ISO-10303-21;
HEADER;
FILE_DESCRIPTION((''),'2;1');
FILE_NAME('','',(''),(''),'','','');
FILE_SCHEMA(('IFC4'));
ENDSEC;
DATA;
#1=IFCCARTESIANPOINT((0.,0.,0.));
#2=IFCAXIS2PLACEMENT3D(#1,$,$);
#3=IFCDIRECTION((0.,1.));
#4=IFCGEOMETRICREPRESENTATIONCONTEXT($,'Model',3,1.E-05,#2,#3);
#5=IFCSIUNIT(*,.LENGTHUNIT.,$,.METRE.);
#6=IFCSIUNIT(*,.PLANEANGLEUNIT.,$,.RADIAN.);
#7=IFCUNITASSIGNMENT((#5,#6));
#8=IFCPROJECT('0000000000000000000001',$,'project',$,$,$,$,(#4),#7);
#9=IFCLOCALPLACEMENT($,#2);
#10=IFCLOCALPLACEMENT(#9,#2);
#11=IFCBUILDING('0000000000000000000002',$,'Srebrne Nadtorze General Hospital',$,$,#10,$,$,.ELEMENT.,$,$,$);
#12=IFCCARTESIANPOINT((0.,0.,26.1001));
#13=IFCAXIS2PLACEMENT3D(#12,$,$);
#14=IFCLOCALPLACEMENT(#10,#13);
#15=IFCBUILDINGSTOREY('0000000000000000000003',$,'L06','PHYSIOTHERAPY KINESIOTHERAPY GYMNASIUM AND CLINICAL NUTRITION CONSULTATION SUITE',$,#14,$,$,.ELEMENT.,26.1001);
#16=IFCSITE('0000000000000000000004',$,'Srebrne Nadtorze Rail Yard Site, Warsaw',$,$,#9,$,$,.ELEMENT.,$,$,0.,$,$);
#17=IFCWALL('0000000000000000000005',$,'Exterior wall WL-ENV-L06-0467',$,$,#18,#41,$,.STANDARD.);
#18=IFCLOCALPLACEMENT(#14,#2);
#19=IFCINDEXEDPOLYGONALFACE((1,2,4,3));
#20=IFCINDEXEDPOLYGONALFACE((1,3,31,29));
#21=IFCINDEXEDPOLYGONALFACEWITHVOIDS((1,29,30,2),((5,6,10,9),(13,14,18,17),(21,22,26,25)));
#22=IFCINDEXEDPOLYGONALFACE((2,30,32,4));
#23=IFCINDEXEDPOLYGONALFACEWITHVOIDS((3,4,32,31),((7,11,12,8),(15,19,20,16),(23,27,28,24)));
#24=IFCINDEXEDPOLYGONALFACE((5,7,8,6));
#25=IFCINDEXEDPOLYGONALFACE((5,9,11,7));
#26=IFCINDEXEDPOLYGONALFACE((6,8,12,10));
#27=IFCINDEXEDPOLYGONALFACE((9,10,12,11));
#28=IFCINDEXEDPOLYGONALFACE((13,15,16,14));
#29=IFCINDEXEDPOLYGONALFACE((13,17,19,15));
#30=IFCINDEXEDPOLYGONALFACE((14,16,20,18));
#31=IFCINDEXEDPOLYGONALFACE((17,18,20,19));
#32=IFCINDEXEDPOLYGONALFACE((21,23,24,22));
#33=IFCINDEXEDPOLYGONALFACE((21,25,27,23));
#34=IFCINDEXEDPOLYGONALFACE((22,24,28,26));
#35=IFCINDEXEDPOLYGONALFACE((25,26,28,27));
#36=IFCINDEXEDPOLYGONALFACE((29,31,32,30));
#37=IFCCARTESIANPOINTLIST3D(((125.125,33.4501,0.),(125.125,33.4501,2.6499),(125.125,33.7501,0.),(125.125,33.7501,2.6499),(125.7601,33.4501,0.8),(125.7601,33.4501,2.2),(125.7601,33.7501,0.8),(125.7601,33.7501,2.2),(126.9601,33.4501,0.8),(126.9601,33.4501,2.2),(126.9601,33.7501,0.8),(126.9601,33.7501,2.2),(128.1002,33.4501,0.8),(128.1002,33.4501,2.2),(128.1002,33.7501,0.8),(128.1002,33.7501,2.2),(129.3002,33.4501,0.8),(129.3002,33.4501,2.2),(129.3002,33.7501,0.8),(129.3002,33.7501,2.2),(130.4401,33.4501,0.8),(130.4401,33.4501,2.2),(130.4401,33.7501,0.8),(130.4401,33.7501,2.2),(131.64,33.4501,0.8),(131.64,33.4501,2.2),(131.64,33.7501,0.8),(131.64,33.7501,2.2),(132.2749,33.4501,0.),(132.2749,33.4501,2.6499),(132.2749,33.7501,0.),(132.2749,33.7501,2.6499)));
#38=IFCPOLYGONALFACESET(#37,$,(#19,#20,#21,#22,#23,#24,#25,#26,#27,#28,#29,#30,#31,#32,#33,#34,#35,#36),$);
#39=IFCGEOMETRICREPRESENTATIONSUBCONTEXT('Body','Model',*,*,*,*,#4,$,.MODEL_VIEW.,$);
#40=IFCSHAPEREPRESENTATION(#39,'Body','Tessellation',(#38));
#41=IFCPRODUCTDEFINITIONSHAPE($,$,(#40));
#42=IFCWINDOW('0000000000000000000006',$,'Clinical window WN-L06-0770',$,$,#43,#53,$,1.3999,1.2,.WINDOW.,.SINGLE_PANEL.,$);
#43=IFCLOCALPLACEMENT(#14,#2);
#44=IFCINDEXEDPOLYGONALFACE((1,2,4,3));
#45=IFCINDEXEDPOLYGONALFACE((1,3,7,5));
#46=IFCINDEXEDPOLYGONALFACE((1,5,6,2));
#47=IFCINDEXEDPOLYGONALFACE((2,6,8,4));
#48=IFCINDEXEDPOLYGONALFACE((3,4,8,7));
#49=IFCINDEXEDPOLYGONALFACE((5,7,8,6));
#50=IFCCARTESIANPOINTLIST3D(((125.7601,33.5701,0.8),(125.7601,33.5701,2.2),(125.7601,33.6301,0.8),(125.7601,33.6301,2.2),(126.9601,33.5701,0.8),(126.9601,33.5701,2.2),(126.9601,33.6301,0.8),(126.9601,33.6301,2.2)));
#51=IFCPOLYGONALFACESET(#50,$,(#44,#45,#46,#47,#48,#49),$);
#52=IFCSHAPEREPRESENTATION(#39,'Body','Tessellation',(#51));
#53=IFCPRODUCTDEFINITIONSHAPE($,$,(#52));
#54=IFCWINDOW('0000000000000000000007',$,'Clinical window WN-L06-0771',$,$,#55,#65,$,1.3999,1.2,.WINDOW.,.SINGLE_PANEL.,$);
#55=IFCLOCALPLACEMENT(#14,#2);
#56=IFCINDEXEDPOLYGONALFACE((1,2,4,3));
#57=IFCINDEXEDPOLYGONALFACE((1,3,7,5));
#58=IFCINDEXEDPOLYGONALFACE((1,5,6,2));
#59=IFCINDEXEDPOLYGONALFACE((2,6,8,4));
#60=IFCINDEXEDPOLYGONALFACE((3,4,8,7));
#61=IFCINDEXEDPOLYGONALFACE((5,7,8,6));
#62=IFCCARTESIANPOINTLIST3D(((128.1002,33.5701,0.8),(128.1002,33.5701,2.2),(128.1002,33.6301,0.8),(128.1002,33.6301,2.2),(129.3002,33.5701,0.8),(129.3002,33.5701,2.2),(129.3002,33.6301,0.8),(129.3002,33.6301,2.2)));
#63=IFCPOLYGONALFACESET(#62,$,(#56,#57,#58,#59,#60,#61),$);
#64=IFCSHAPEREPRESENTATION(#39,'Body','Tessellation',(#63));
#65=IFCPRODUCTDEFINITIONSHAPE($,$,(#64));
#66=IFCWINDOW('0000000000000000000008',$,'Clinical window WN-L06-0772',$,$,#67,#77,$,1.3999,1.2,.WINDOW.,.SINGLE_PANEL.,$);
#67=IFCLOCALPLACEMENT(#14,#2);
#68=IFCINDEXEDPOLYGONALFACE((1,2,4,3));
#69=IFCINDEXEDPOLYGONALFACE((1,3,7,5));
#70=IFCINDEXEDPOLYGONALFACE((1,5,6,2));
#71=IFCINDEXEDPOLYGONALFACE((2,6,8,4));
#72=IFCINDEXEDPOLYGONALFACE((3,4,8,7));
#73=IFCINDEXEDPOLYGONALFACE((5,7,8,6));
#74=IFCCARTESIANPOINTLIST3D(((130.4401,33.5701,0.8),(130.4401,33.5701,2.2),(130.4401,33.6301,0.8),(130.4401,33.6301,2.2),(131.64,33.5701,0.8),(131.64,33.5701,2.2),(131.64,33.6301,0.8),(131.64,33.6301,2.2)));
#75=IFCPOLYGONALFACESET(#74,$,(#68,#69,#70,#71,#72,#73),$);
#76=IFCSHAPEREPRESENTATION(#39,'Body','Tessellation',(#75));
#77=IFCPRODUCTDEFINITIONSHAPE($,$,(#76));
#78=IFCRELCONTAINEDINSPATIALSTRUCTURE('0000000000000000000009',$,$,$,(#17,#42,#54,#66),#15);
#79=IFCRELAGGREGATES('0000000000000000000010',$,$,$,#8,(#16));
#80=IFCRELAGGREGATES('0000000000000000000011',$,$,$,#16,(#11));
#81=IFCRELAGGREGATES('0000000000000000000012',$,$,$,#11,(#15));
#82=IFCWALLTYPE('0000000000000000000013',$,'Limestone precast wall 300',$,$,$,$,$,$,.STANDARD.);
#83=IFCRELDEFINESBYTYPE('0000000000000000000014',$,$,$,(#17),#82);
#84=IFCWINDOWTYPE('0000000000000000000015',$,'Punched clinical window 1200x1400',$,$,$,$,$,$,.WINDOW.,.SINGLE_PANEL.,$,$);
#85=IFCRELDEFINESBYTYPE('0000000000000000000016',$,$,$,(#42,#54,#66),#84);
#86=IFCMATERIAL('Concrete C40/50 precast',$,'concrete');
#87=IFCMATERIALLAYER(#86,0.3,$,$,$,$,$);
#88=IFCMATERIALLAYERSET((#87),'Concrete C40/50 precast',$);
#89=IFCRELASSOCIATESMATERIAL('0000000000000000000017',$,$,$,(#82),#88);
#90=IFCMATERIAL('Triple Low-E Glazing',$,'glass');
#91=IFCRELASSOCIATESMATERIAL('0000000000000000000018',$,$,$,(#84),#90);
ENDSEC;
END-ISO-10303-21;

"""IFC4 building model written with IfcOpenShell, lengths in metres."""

from ifc_helpers import new_model, si_unit, direction, frame, frame_2d, origin, place, context, subcontext, project, spatial, rectangle, extrude, material, layer, layer_set, type_object, element, fill, save


model = new_model("IFC4")

# Units and contexts
model_context = context("Model", 3, precision=1e-05, world=origin(), true_north=direction((0.0, 1.0)))
body_context = subcontext(model_context, "Body", "Model", "MODEL_VIEW")
ifc_project = project(units=[si_unit("LENGTHUNIT", "METRE"), si_unit("PLANEANGLEUNIT", "RADIAN")], contexts=[model_context])

# Site, building, storey
site_placement = place(None, origin())
site = spatial("IfcSite", under=ifc_project, at=site_placement, Name="Srebrne Nadtorze Rail Yard Site, Warsaw", CompositionType="ELEMENT", RefElevation=0.0)
building_placement = place(site_placement, origin())
building = spatial("IfcBuilding", under=site, at=building_placement, Name="Srebrne Nadtorze General Hospital", CompositionType="ELEMENT")
storey_placement = place(building_placement, frame((0.0, 0.0, 26.1001)))
storey = spatial("IfcBuildingStorey", under=building, at=storey_placement, Name="L06", Description="PHYSIOTHERAPY KINESIOTHERAPY GYMNASIUM AND CLINICAL NUTRITION CONSULTATION SUITE", CompositionType="ELEMENT", Elevation=26.1001)

# Wall, openings, windows
ifc_material_1 = material(Name="Concrete C40/50 precast", Category="concrete")
ifc_layer_1 = layer(ifc_material_1, 0.3)
ifc_layer_set_1 = layer_set([ifc_layer_1], Name="Concrete C40/50 precast")
wall_type_1 = type_object("IfcWallType", Name="Limestone precast wall 300", PredefinedType="STANDARD", material=ifc_layer_set_1)
wall_1_placement = place(storey_placement, frame((125.125, 33.6001, 0.0), z_axis=(0.0, 0.0, 1.0), x_axis=(1.0, 0.0, 0.0)))
wall_1 = element("IfcWall", 1, at=wall_1_placement, inside=storey, type_object=wall_type_1, Name="Exterior wall WL-ENV-L06-0467", PredefinedType="STANDARD", context=body_context, shape_type="SweptSolid", body=[
    extrude(rectangle(XDim=7.1499, YDim=0.3, at=frame_2d((3.575, 0.0))), origin(), (0.0, 0.0, 1.0), 2.6499),
])
opening_1_placement = place(wall_1_placement, frame((0.635, 0.0, 0.8)))
opening_1 = element("IfcOpeningElement", 2, at=opening_1_placement, cuts=wall_1, PredefinedType="OPENING", context=body_context, shape_type="SweptSolid", body=[
    extrude(rectangle(XDim=1.2, YDim=1.3999, at=frame_2d((0.6001, 0.7))), frame((0.0, 0.1621, 0.0), z_axis=(0.0, -1.0, 0.0), x_axis=(1.0, 0.0, 0.0)), (0.0, 0.0, 1.0), 0.324),
])
opening_2_placement = place(wall_1_placement, frame((2.9751, 0.0, 0.8)))
opening_2 = element("IfcOpeningElement", 3, at=opening_2_placement, cuts=wall_1, PredefinedType="OPENING", context=body_context, shape_type="SweptSolid", body=[
    extrude(rectangle(XDim=1.2, YDim=1.3999, at=frame_2d((0.6001, 0.7))), frame((0.0, 0.1621, 0.0), z_axis=(0.0, -1.0, 0.0), x_axis=(1.0, 0.0, 0.0)), (0.0, 0.0, 1.0), 0.324),
])
opening_3_placement = place(wall_1_placement, frame((5.3149, 0.0, 0.8)))
opening_3 = element("IfcOpeningElement", 4, at=opening_3_placement, cuts=wall_1, PredefinedType="OPENING", context=body_context, shape_type="SweptSolid", body=[
    extrude(rectangle(XDim=1.2, YDim=1.3999, at=frame_2d((0.6001, 0.7))), frame((0.0, 0.1621, 0.0), z_axis=(0.0, -1.0, 0.0), x_axis=(1.0, 0.0, 0.0)), (0.0, 0.0, 1.0), 0.324),
])
ifc_material_2 = material(Name="Triple Low-E Glazing", Category="glass")
window_type = type_object("IfcWindowType", Name="Punched clinical window 1200x1400", PartitioningType="SINGLE_PANEL", PredefinedType="WINDOW", material=ifc_material_2)
window_1_placement = place(opening_1_placement, origin())
window_1 = element("IfcWindow", 5, at=window_1_placement, inside=storey, type_object=window_type, Name="Clinical window WN-L06-0770", OverallHeight=1.3999, OverallWidth=1.2, PartitioningType="SINGLE_PANEL", PredefinedType="WINDOW", context=body_context, shape_type="SweptSolid", body=[
    extrude(rectangle(XDim=1.2, YDim=1.3999, at=frame_2d((0.6001, 0.7))), frame((0.0, 0.03, 0.0), z_axis=(0.0, -1.0, 0.0), x_axis=(1.0, 0.0, 0.0)), (0.0, 0.0, 1.0), 0.0601),
])
fill(opening_1, window_1)
window_2_placement = place(opening_2_placement, origin())
window_2 = element("IfcWindow", 6, at=window_2_placement, inside=storey, type_object=window_type, Name="Clinical window WN-L06-0771", OverallHeight=1.3999, OverallWidth=1.2, PartitioningType="SINGLE_PANEL", PredefinedType="WINDOW", context=body_context, shape_type="SweptSolid", body=[
    extrude(rectangle(XDim=1.2, YDim=1.3999, at=frame_2d((0.6001, 0.7))), frame((0.0, 0.03, 0.0), z_axis=(0.0, -1.0, 0.0), x_axis=(1.0, 0.0, 0.0)), (0.0, 0.0, 1.0), 0.0601),
])
fill(opening_2, window_2)
window_3_placement = place(opening_3_placement, origin())
window_3 = element("IfcWindow", 7, at=window_3_placement, inside=storey, type_object=window_type, Name="Clinical window WN-L06-0772", OverallHeight=1.3999, OverallWidth=1.2, PartitioningType="SINGLE_PANEL", PredefinedType="WINDOW", context=body_context, shape_type="SweptSolid", body=[
    extrude(rectangle(XDim=1.2, YDim=1.3999, at=frame_2d((0.6001, 0.7))), frame((0.0, 0.03, 0.0), z_axis=(0.0, -1.0, 0.0), x_axis=(1.0, 0.0, 0.0)), (0.0, 0.0, 1.0), 0.0601),
])
fill(opening_3, window_3)

save(model, "model.ifc")
